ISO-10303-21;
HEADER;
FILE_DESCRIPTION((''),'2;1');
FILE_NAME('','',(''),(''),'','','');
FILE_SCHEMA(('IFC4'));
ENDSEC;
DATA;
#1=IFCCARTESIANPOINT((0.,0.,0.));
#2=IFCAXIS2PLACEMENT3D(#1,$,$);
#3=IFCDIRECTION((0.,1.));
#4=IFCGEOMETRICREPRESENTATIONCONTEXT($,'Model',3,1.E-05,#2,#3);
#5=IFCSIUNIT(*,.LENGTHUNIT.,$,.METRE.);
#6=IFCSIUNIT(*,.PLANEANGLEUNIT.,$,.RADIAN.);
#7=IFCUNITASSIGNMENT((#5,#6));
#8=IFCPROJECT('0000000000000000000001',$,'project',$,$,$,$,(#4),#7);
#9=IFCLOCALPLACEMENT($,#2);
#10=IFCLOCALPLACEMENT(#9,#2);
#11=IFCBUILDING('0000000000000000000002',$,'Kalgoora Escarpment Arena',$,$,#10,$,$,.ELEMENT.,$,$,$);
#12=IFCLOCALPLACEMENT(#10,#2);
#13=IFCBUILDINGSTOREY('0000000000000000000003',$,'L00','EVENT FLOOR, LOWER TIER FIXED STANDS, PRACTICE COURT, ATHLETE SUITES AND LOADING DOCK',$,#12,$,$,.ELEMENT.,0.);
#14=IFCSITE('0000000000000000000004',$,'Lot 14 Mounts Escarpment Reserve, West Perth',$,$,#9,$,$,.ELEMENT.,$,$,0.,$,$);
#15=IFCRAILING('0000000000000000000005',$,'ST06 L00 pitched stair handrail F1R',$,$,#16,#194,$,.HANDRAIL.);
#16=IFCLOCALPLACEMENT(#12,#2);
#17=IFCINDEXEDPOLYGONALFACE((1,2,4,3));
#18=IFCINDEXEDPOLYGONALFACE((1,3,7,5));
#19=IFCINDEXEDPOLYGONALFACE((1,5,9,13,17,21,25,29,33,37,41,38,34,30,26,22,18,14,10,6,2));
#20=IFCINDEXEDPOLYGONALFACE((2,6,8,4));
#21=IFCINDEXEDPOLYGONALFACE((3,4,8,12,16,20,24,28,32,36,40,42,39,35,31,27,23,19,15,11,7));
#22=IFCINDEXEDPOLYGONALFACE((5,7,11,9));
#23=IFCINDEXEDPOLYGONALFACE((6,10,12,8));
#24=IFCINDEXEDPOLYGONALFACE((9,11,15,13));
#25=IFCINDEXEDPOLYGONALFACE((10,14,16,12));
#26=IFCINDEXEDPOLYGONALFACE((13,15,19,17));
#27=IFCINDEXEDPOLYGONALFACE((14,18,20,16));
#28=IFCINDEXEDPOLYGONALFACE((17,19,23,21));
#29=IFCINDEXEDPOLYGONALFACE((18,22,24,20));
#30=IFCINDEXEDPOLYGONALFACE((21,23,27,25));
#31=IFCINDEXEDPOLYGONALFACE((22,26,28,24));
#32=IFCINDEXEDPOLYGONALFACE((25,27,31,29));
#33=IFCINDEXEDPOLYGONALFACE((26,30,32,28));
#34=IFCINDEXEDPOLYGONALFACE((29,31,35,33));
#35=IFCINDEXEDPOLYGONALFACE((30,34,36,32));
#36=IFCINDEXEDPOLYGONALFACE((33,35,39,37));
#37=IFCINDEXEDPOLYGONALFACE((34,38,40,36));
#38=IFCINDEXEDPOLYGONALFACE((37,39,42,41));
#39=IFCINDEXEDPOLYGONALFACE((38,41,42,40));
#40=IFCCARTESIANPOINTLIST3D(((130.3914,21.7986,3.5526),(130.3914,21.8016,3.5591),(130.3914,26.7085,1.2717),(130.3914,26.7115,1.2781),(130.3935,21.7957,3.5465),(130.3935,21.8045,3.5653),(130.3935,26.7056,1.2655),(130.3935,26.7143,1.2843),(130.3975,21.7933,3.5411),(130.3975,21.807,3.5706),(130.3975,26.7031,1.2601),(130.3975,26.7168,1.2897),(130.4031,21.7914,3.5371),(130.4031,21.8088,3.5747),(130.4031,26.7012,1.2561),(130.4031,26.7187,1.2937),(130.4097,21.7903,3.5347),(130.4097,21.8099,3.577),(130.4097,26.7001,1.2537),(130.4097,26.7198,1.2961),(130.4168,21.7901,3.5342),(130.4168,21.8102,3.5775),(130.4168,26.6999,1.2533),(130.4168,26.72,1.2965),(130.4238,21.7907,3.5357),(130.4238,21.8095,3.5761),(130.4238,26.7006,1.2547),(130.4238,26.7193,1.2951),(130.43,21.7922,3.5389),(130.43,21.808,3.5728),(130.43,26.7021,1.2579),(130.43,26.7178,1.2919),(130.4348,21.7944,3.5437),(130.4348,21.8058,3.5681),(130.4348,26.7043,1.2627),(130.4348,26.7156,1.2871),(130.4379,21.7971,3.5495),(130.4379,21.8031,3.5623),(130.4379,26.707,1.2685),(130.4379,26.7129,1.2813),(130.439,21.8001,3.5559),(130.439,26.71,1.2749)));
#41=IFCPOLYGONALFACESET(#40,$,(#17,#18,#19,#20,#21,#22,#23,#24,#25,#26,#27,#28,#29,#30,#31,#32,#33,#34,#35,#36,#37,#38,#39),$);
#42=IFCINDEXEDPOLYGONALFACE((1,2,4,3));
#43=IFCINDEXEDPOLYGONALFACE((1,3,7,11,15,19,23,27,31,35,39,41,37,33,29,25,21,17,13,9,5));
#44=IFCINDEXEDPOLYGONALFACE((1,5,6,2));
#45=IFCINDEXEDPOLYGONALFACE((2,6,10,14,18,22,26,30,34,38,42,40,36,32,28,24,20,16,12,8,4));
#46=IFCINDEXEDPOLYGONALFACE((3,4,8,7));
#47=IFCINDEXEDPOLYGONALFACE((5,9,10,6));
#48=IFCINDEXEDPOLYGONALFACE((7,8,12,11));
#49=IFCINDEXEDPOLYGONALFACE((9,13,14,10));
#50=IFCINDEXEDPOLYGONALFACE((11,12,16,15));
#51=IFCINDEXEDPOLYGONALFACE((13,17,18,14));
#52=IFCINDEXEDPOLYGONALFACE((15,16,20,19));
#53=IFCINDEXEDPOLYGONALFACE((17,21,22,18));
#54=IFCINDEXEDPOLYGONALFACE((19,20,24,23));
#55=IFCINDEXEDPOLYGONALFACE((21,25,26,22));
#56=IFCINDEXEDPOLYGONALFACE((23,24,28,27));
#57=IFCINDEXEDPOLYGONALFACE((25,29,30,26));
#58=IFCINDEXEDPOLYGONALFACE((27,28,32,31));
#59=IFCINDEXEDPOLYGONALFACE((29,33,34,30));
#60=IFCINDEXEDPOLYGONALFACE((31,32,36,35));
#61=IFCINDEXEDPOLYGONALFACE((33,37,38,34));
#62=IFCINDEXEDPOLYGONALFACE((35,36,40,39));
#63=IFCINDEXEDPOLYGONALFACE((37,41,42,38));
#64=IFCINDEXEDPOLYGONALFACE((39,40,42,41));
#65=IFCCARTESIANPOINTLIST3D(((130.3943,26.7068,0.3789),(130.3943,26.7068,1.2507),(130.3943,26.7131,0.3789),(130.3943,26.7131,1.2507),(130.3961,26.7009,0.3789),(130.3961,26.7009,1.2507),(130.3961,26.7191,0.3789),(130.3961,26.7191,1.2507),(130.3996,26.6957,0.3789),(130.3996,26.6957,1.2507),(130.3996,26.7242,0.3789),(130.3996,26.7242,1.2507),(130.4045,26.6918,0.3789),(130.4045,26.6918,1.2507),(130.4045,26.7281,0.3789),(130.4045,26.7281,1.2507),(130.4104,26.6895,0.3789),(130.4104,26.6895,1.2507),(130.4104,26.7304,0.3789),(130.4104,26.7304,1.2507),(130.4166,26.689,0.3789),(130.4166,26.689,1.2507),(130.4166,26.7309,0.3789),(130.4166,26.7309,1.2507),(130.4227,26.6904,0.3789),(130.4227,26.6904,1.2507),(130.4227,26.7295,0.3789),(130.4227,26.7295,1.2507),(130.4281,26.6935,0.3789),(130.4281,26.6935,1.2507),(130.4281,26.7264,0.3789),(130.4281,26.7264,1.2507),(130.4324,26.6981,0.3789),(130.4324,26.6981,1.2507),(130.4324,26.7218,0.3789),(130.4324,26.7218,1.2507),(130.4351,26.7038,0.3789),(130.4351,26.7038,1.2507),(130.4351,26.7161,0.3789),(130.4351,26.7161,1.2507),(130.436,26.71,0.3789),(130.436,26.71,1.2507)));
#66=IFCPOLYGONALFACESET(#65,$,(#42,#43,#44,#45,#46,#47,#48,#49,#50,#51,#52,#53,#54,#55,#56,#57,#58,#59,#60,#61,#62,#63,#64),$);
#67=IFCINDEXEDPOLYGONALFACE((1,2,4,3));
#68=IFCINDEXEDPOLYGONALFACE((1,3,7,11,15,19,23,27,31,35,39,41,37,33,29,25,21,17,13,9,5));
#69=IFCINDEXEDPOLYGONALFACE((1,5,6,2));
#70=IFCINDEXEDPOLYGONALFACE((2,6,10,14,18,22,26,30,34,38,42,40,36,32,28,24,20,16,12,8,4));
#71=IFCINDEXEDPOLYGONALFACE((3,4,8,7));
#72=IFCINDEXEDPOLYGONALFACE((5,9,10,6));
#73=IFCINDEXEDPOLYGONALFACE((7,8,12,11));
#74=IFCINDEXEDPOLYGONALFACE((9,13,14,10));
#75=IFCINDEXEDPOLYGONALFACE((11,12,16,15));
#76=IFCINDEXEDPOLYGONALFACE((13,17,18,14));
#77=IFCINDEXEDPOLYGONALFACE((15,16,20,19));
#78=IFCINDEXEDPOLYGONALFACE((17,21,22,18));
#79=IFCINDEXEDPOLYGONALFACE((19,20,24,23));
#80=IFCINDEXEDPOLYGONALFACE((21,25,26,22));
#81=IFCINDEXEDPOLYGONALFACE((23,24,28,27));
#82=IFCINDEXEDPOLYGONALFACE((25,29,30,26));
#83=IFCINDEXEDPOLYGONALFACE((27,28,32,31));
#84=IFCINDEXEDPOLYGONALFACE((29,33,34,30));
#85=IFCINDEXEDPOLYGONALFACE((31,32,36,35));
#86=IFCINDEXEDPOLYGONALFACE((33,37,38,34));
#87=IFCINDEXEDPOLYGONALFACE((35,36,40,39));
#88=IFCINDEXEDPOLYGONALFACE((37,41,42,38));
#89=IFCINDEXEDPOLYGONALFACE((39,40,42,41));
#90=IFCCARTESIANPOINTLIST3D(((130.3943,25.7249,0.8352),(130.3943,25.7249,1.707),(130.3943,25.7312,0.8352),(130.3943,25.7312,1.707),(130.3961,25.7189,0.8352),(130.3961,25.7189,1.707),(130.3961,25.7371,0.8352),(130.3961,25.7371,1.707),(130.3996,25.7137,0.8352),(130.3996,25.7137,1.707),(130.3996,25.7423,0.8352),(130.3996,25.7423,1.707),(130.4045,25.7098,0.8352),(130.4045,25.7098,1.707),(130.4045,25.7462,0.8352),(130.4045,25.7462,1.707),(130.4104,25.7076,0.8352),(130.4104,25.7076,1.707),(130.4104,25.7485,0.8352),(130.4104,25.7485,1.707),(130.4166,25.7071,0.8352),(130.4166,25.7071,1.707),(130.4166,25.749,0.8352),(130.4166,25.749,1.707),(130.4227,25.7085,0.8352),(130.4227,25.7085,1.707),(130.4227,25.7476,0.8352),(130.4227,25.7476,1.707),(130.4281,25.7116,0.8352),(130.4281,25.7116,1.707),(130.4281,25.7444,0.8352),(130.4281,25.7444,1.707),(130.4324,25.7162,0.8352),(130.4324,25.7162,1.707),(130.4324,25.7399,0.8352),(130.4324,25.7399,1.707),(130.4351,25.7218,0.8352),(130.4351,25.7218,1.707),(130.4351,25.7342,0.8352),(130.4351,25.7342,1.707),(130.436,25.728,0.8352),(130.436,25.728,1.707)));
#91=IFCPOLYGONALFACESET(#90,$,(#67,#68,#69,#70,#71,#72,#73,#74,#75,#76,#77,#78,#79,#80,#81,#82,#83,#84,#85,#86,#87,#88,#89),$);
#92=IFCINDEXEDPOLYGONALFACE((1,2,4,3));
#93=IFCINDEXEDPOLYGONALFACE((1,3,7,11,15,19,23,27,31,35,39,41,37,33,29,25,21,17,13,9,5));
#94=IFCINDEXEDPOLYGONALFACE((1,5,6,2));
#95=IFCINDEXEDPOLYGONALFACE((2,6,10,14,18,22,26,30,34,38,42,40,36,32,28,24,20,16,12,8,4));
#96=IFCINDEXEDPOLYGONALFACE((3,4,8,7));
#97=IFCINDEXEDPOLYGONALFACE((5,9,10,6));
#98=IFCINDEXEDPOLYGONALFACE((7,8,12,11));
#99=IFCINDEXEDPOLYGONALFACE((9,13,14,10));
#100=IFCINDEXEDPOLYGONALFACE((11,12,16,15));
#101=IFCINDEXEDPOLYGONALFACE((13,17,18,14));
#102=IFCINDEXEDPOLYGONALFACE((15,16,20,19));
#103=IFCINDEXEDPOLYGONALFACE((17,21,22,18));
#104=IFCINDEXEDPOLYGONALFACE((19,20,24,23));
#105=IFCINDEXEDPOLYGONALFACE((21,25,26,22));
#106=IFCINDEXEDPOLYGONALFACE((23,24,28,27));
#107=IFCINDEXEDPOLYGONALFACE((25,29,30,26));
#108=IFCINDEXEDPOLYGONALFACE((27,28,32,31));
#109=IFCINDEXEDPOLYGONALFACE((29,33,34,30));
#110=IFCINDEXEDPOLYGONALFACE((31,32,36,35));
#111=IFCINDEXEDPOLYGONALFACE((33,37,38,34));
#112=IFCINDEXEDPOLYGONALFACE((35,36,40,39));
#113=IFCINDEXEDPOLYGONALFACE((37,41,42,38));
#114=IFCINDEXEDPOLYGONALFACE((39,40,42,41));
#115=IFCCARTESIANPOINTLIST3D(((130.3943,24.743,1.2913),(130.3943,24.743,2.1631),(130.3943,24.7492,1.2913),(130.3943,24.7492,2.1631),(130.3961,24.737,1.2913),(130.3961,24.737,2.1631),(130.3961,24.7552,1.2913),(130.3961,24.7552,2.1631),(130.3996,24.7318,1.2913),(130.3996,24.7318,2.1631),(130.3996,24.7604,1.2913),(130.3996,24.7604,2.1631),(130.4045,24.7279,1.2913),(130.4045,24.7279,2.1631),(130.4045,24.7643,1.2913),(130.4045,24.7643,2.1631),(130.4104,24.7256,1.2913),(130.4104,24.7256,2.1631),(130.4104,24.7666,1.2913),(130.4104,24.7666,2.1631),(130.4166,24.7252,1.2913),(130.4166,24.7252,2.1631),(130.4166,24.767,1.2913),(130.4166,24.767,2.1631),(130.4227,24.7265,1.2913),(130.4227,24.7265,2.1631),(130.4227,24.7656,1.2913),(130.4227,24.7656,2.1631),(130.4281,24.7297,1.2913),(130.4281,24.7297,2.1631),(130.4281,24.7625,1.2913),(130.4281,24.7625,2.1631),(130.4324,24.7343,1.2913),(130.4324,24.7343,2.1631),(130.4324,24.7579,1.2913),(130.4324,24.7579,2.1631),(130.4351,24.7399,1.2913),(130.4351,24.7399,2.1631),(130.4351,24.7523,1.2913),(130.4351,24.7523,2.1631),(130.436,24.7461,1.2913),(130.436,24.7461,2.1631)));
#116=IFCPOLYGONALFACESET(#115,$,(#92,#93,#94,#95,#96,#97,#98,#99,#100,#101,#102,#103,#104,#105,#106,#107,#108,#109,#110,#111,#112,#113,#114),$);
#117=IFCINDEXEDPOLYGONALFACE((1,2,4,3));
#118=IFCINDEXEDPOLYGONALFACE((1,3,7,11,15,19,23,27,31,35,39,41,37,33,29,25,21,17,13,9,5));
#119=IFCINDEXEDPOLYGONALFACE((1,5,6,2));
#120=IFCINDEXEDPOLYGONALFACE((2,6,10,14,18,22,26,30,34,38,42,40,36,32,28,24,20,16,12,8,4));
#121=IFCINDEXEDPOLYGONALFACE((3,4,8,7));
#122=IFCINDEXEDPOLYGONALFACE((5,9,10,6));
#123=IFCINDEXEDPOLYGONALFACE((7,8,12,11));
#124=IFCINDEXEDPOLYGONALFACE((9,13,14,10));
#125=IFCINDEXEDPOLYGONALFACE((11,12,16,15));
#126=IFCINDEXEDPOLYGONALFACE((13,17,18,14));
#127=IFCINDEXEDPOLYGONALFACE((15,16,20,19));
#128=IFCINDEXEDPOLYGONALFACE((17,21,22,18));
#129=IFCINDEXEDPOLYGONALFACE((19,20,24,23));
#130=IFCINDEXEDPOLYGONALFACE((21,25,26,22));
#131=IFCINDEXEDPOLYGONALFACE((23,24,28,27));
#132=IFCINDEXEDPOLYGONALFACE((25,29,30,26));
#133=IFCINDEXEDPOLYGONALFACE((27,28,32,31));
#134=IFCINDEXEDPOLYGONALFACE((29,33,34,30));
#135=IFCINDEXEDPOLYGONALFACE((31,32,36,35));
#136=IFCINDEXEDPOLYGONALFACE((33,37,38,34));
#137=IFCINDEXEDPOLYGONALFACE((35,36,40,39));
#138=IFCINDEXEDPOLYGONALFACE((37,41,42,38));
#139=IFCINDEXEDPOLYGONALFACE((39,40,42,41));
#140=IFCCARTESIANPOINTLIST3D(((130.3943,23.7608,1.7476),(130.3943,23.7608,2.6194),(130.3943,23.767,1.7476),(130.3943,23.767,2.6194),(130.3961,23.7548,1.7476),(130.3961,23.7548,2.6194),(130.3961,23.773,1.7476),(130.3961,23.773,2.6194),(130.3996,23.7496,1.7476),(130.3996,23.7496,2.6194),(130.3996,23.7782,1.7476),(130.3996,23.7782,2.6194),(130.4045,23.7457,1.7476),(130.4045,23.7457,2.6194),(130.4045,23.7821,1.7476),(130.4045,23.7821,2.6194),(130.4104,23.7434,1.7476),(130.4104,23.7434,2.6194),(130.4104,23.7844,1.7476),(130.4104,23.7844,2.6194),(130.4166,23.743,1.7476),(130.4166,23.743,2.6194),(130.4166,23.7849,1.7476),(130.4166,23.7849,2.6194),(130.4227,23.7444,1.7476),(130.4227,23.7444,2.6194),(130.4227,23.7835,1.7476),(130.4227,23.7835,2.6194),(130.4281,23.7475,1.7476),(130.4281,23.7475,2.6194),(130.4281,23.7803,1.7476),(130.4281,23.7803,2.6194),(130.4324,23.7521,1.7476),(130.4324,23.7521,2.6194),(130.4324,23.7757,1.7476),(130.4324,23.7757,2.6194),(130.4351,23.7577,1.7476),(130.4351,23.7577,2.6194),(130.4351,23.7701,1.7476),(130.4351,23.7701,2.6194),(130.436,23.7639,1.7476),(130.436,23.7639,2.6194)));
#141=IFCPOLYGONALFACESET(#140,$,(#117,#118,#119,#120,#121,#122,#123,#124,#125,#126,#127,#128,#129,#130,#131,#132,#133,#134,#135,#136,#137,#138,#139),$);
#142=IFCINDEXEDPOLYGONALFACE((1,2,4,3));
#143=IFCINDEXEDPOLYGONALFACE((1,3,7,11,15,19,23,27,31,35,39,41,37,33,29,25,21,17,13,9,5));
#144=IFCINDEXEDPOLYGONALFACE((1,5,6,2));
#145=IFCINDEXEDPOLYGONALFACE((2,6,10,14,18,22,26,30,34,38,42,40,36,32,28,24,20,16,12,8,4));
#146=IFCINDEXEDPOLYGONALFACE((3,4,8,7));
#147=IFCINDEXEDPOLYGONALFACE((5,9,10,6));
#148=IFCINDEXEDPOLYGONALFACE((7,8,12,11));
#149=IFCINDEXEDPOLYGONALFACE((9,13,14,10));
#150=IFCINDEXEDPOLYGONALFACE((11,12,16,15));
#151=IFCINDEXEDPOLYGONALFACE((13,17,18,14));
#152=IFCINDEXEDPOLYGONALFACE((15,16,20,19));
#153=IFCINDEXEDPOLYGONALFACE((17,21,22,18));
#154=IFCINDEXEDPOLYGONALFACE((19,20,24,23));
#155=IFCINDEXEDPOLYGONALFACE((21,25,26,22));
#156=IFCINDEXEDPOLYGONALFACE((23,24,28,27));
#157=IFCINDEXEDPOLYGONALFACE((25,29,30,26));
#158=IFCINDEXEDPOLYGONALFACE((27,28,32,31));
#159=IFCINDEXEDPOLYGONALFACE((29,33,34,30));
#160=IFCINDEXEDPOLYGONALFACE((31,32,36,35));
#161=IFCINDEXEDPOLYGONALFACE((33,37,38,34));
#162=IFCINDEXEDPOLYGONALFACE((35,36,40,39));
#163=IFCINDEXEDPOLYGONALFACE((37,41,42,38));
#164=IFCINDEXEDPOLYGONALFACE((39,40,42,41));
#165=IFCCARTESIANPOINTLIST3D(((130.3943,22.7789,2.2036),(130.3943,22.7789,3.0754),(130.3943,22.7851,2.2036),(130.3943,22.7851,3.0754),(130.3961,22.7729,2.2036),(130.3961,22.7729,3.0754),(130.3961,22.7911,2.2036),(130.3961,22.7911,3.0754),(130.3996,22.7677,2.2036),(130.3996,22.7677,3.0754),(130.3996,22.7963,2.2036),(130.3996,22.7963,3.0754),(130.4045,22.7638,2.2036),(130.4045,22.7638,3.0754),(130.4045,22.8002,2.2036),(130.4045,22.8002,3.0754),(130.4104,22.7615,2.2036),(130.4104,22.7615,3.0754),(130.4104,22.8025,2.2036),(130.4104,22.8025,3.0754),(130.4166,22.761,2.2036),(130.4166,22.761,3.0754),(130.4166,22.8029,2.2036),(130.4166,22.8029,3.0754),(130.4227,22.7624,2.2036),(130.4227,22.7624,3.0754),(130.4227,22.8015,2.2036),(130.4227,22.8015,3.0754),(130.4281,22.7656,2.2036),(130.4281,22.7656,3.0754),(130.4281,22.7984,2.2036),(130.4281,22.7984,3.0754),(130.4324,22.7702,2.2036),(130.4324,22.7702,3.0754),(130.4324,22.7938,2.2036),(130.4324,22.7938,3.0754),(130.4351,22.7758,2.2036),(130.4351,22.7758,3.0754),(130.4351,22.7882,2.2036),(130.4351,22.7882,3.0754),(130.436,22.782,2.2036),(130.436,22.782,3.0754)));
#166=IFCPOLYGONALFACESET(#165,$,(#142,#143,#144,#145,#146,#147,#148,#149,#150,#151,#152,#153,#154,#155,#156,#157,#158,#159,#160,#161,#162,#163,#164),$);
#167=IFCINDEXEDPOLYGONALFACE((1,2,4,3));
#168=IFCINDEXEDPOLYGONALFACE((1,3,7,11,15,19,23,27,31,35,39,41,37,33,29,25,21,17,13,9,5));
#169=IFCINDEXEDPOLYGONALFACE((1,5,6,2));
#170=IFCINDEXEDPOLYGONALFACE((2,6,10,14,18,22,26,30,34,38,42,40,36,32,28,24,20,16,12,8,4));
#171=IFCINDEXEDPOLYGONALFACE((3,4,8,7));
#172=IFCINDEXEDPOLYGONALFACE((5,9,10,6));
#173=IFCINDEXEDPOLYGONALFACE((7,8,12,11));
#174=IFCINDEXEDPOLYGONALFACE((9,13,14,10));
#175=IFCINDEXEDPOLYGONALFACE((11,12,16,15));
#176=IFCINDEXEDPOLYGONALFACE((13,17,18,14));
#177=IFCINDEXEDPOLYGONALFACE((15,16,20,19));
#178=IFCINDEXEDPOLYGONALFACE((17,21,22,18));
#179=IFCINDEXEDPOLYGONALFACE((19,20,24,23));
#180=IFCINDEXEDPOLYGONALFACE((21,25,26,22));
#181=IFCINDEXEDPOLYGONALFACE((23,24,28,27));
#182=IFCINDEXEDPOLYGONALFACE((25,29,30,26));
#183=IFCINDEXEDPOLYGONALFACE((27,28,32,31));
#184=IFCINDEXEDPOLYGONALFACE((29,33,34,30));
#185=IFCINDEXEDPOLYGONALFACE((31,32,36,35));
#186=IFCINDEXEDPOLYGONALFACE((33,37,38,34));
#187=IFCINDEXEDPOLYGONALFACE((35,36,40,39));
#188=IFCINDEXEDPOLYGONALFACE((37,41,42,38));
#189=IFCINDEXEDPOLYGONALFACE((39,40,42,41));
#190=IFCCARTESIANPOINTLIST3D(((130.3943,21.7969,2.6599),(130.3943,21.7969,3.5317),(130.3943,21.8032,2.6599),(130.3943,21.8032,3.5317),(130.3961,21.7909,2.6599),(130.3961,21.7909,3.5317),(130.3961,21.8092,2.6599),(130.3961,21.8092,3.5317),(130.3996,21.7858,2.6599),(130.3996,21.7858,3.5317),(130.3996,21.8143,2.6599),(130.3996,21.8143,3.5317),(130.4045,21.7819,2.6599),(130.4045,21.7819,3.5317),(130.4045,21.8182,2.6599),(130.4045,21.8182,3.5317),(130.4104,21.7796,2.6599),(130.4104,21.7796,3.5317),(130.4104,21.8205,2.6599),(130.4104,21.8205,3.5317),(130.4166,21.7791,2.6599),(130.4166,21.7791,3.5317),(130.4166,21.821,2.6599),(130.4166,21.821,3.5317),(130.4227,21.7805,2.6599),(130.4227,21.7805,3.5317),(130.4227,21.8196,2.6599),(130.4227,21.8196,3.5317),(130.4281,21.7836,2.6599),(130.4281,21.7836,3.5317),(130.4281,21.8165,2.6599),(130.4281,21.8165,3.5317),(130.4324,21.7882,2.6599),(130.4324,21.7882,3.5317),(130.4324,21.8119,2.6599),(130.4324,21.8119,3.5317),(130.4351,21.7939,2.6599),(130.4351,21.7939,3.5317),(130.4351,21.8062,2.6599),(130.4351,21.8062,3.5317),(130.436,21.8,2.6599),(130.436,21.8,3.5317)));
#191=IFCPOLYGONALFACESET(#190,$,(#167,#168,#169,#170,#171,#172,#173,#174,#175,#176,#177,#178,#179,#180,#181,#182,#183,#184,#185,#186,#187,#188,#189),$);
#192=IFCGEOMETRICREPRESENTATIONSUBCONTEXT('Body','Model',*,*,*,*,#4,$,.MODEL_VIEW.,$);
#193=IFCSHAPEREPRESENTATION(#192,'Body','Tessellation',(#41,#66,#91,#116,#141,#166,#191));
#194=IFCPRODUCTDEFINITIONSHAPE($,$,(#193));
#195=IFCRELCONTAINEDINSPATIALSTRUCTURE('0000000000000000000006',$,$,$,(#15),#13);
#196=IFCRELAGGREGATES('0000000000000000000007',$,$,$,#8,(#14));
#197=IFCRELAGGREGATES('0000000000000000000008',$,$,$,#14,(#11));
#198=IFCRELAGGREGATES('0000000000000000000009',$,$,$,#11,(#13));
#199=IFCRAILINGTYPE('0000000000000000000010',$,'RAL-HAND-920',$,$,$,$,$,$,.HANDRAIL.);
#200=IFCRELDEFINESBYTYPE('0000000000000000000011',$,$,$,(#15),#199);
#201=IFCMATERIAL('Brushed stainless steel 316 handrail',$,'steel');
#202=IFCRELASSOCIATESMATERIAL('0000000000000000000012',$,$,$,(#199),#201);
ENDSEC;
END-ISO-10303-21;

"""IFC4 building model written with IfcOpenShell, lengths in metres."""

from ifc_helpers import new_model, si_unit, direction, frame, origin, origin_2d, place, context, subcontext, project, spatial, circle, extrude, material, type_object, element, save


model = new_model("IFC4")

# Units and contexts
model_context = context("Model", 3, precision=1e-05, world=origin(), true_north=direction((0.0, 1.0)))
body_context = subcontext(model_context, "Body", "Model", "MODEL_VIEW")
ifc_project = project(units=[si_unit("LENGTHUNIT", "METRE"), si_unit("PLANEANGLEUNIT", "RADIAN")], contexts=[model_context])

# Site, building, storey
site_placement = place(None, origin())
site = spatial("IfcSite", under=ifc_project, at=site_placement, Name="Lot 14 Mounts Escarpment Reserve, West Perth", CompositionType="ELEMENT", RefElevation=0.0)
building_placement = place(site_placement, origin())
building = spatial("IfcBuilding", under=site, at=building_placement, Name="Kalgoora Escarpment Arena", CompositionType="ELEMENT")
storey_placement = place(building_placement, origin())
storey = spatial("IfcBuildingStorey", under=building, at=storey_placement, Name="L00", Description="EVENT FLOOR, LOWER TIER FIXED STANDS, PRACTICE COURT, ATHLETE SUITES AND LOADING DOCK", CompositionType="ELEMENT", Elevation=0.0)

# Railing
ifc_material_1 = material(Name="Brushed stainless steel 316 handrail", Category="steel")
railing_type = type_object("IfcRailingType", Name="RAL-HAND-920", PredefinedType="HANDRAIL", material=ifc_material_1)
for number, where, name in (
    (1, (130.415, 26.71, 0.3789), "ST06 L00 pitched stair handrail F1R"),
):
    element("IfcRailing", number, at=place(storey_placement, frame(where)), inside=storey, type_object=railing_type, Name=name, PredefinedType="HANDRAIL", context=body_context, shape_type="SweptSolid", body=[
        extrude(circle(Radius=0.0239, at=origin_2d()), frame((0.0, 0.0, 0.896), z_axis=(0.0, -0.90691, 0.421325), x_axis=(1.0, 0.0, 0.0)), (0.0, 0.0, 1.0), 5.4138),
        extrude(circle(Radius=0.021, at=origin_2d()), origin(), (0.0, 0.0, 1.0), 0.8718),
        extrude(circle(Radius=0.021, at=origin_2d()), frame((0.0, -0.9819, 0.4563)), (0.0, 0.0, 1.0), 0.8718),
        extrude(circle(Radius=0.021, at=origin_2d()), frame((0.0, -1.9639, 0.9124)), (0.0, 0.0, 1.0), 0.8718),
        extrude(circle(Radius=0.021, at=origin_2d()), frame((0.0, -2.946, 1.3687)), (0.0, 0.0, 1.0), 0.8718),
        extrude(circle(Radius=0.021, at=origin_2d()), frame((0.0, -3.928, 1.8247)), (0.0, 0.0, 1.0), 0.8718),
        extrude(circle(Radius=0.021, at=origin_2d()), frame((0.0, -4.9099, 2.281)), (0.0, 0.0, 1.0), 0.8718),
    ])

save(model, "model.ifc")
